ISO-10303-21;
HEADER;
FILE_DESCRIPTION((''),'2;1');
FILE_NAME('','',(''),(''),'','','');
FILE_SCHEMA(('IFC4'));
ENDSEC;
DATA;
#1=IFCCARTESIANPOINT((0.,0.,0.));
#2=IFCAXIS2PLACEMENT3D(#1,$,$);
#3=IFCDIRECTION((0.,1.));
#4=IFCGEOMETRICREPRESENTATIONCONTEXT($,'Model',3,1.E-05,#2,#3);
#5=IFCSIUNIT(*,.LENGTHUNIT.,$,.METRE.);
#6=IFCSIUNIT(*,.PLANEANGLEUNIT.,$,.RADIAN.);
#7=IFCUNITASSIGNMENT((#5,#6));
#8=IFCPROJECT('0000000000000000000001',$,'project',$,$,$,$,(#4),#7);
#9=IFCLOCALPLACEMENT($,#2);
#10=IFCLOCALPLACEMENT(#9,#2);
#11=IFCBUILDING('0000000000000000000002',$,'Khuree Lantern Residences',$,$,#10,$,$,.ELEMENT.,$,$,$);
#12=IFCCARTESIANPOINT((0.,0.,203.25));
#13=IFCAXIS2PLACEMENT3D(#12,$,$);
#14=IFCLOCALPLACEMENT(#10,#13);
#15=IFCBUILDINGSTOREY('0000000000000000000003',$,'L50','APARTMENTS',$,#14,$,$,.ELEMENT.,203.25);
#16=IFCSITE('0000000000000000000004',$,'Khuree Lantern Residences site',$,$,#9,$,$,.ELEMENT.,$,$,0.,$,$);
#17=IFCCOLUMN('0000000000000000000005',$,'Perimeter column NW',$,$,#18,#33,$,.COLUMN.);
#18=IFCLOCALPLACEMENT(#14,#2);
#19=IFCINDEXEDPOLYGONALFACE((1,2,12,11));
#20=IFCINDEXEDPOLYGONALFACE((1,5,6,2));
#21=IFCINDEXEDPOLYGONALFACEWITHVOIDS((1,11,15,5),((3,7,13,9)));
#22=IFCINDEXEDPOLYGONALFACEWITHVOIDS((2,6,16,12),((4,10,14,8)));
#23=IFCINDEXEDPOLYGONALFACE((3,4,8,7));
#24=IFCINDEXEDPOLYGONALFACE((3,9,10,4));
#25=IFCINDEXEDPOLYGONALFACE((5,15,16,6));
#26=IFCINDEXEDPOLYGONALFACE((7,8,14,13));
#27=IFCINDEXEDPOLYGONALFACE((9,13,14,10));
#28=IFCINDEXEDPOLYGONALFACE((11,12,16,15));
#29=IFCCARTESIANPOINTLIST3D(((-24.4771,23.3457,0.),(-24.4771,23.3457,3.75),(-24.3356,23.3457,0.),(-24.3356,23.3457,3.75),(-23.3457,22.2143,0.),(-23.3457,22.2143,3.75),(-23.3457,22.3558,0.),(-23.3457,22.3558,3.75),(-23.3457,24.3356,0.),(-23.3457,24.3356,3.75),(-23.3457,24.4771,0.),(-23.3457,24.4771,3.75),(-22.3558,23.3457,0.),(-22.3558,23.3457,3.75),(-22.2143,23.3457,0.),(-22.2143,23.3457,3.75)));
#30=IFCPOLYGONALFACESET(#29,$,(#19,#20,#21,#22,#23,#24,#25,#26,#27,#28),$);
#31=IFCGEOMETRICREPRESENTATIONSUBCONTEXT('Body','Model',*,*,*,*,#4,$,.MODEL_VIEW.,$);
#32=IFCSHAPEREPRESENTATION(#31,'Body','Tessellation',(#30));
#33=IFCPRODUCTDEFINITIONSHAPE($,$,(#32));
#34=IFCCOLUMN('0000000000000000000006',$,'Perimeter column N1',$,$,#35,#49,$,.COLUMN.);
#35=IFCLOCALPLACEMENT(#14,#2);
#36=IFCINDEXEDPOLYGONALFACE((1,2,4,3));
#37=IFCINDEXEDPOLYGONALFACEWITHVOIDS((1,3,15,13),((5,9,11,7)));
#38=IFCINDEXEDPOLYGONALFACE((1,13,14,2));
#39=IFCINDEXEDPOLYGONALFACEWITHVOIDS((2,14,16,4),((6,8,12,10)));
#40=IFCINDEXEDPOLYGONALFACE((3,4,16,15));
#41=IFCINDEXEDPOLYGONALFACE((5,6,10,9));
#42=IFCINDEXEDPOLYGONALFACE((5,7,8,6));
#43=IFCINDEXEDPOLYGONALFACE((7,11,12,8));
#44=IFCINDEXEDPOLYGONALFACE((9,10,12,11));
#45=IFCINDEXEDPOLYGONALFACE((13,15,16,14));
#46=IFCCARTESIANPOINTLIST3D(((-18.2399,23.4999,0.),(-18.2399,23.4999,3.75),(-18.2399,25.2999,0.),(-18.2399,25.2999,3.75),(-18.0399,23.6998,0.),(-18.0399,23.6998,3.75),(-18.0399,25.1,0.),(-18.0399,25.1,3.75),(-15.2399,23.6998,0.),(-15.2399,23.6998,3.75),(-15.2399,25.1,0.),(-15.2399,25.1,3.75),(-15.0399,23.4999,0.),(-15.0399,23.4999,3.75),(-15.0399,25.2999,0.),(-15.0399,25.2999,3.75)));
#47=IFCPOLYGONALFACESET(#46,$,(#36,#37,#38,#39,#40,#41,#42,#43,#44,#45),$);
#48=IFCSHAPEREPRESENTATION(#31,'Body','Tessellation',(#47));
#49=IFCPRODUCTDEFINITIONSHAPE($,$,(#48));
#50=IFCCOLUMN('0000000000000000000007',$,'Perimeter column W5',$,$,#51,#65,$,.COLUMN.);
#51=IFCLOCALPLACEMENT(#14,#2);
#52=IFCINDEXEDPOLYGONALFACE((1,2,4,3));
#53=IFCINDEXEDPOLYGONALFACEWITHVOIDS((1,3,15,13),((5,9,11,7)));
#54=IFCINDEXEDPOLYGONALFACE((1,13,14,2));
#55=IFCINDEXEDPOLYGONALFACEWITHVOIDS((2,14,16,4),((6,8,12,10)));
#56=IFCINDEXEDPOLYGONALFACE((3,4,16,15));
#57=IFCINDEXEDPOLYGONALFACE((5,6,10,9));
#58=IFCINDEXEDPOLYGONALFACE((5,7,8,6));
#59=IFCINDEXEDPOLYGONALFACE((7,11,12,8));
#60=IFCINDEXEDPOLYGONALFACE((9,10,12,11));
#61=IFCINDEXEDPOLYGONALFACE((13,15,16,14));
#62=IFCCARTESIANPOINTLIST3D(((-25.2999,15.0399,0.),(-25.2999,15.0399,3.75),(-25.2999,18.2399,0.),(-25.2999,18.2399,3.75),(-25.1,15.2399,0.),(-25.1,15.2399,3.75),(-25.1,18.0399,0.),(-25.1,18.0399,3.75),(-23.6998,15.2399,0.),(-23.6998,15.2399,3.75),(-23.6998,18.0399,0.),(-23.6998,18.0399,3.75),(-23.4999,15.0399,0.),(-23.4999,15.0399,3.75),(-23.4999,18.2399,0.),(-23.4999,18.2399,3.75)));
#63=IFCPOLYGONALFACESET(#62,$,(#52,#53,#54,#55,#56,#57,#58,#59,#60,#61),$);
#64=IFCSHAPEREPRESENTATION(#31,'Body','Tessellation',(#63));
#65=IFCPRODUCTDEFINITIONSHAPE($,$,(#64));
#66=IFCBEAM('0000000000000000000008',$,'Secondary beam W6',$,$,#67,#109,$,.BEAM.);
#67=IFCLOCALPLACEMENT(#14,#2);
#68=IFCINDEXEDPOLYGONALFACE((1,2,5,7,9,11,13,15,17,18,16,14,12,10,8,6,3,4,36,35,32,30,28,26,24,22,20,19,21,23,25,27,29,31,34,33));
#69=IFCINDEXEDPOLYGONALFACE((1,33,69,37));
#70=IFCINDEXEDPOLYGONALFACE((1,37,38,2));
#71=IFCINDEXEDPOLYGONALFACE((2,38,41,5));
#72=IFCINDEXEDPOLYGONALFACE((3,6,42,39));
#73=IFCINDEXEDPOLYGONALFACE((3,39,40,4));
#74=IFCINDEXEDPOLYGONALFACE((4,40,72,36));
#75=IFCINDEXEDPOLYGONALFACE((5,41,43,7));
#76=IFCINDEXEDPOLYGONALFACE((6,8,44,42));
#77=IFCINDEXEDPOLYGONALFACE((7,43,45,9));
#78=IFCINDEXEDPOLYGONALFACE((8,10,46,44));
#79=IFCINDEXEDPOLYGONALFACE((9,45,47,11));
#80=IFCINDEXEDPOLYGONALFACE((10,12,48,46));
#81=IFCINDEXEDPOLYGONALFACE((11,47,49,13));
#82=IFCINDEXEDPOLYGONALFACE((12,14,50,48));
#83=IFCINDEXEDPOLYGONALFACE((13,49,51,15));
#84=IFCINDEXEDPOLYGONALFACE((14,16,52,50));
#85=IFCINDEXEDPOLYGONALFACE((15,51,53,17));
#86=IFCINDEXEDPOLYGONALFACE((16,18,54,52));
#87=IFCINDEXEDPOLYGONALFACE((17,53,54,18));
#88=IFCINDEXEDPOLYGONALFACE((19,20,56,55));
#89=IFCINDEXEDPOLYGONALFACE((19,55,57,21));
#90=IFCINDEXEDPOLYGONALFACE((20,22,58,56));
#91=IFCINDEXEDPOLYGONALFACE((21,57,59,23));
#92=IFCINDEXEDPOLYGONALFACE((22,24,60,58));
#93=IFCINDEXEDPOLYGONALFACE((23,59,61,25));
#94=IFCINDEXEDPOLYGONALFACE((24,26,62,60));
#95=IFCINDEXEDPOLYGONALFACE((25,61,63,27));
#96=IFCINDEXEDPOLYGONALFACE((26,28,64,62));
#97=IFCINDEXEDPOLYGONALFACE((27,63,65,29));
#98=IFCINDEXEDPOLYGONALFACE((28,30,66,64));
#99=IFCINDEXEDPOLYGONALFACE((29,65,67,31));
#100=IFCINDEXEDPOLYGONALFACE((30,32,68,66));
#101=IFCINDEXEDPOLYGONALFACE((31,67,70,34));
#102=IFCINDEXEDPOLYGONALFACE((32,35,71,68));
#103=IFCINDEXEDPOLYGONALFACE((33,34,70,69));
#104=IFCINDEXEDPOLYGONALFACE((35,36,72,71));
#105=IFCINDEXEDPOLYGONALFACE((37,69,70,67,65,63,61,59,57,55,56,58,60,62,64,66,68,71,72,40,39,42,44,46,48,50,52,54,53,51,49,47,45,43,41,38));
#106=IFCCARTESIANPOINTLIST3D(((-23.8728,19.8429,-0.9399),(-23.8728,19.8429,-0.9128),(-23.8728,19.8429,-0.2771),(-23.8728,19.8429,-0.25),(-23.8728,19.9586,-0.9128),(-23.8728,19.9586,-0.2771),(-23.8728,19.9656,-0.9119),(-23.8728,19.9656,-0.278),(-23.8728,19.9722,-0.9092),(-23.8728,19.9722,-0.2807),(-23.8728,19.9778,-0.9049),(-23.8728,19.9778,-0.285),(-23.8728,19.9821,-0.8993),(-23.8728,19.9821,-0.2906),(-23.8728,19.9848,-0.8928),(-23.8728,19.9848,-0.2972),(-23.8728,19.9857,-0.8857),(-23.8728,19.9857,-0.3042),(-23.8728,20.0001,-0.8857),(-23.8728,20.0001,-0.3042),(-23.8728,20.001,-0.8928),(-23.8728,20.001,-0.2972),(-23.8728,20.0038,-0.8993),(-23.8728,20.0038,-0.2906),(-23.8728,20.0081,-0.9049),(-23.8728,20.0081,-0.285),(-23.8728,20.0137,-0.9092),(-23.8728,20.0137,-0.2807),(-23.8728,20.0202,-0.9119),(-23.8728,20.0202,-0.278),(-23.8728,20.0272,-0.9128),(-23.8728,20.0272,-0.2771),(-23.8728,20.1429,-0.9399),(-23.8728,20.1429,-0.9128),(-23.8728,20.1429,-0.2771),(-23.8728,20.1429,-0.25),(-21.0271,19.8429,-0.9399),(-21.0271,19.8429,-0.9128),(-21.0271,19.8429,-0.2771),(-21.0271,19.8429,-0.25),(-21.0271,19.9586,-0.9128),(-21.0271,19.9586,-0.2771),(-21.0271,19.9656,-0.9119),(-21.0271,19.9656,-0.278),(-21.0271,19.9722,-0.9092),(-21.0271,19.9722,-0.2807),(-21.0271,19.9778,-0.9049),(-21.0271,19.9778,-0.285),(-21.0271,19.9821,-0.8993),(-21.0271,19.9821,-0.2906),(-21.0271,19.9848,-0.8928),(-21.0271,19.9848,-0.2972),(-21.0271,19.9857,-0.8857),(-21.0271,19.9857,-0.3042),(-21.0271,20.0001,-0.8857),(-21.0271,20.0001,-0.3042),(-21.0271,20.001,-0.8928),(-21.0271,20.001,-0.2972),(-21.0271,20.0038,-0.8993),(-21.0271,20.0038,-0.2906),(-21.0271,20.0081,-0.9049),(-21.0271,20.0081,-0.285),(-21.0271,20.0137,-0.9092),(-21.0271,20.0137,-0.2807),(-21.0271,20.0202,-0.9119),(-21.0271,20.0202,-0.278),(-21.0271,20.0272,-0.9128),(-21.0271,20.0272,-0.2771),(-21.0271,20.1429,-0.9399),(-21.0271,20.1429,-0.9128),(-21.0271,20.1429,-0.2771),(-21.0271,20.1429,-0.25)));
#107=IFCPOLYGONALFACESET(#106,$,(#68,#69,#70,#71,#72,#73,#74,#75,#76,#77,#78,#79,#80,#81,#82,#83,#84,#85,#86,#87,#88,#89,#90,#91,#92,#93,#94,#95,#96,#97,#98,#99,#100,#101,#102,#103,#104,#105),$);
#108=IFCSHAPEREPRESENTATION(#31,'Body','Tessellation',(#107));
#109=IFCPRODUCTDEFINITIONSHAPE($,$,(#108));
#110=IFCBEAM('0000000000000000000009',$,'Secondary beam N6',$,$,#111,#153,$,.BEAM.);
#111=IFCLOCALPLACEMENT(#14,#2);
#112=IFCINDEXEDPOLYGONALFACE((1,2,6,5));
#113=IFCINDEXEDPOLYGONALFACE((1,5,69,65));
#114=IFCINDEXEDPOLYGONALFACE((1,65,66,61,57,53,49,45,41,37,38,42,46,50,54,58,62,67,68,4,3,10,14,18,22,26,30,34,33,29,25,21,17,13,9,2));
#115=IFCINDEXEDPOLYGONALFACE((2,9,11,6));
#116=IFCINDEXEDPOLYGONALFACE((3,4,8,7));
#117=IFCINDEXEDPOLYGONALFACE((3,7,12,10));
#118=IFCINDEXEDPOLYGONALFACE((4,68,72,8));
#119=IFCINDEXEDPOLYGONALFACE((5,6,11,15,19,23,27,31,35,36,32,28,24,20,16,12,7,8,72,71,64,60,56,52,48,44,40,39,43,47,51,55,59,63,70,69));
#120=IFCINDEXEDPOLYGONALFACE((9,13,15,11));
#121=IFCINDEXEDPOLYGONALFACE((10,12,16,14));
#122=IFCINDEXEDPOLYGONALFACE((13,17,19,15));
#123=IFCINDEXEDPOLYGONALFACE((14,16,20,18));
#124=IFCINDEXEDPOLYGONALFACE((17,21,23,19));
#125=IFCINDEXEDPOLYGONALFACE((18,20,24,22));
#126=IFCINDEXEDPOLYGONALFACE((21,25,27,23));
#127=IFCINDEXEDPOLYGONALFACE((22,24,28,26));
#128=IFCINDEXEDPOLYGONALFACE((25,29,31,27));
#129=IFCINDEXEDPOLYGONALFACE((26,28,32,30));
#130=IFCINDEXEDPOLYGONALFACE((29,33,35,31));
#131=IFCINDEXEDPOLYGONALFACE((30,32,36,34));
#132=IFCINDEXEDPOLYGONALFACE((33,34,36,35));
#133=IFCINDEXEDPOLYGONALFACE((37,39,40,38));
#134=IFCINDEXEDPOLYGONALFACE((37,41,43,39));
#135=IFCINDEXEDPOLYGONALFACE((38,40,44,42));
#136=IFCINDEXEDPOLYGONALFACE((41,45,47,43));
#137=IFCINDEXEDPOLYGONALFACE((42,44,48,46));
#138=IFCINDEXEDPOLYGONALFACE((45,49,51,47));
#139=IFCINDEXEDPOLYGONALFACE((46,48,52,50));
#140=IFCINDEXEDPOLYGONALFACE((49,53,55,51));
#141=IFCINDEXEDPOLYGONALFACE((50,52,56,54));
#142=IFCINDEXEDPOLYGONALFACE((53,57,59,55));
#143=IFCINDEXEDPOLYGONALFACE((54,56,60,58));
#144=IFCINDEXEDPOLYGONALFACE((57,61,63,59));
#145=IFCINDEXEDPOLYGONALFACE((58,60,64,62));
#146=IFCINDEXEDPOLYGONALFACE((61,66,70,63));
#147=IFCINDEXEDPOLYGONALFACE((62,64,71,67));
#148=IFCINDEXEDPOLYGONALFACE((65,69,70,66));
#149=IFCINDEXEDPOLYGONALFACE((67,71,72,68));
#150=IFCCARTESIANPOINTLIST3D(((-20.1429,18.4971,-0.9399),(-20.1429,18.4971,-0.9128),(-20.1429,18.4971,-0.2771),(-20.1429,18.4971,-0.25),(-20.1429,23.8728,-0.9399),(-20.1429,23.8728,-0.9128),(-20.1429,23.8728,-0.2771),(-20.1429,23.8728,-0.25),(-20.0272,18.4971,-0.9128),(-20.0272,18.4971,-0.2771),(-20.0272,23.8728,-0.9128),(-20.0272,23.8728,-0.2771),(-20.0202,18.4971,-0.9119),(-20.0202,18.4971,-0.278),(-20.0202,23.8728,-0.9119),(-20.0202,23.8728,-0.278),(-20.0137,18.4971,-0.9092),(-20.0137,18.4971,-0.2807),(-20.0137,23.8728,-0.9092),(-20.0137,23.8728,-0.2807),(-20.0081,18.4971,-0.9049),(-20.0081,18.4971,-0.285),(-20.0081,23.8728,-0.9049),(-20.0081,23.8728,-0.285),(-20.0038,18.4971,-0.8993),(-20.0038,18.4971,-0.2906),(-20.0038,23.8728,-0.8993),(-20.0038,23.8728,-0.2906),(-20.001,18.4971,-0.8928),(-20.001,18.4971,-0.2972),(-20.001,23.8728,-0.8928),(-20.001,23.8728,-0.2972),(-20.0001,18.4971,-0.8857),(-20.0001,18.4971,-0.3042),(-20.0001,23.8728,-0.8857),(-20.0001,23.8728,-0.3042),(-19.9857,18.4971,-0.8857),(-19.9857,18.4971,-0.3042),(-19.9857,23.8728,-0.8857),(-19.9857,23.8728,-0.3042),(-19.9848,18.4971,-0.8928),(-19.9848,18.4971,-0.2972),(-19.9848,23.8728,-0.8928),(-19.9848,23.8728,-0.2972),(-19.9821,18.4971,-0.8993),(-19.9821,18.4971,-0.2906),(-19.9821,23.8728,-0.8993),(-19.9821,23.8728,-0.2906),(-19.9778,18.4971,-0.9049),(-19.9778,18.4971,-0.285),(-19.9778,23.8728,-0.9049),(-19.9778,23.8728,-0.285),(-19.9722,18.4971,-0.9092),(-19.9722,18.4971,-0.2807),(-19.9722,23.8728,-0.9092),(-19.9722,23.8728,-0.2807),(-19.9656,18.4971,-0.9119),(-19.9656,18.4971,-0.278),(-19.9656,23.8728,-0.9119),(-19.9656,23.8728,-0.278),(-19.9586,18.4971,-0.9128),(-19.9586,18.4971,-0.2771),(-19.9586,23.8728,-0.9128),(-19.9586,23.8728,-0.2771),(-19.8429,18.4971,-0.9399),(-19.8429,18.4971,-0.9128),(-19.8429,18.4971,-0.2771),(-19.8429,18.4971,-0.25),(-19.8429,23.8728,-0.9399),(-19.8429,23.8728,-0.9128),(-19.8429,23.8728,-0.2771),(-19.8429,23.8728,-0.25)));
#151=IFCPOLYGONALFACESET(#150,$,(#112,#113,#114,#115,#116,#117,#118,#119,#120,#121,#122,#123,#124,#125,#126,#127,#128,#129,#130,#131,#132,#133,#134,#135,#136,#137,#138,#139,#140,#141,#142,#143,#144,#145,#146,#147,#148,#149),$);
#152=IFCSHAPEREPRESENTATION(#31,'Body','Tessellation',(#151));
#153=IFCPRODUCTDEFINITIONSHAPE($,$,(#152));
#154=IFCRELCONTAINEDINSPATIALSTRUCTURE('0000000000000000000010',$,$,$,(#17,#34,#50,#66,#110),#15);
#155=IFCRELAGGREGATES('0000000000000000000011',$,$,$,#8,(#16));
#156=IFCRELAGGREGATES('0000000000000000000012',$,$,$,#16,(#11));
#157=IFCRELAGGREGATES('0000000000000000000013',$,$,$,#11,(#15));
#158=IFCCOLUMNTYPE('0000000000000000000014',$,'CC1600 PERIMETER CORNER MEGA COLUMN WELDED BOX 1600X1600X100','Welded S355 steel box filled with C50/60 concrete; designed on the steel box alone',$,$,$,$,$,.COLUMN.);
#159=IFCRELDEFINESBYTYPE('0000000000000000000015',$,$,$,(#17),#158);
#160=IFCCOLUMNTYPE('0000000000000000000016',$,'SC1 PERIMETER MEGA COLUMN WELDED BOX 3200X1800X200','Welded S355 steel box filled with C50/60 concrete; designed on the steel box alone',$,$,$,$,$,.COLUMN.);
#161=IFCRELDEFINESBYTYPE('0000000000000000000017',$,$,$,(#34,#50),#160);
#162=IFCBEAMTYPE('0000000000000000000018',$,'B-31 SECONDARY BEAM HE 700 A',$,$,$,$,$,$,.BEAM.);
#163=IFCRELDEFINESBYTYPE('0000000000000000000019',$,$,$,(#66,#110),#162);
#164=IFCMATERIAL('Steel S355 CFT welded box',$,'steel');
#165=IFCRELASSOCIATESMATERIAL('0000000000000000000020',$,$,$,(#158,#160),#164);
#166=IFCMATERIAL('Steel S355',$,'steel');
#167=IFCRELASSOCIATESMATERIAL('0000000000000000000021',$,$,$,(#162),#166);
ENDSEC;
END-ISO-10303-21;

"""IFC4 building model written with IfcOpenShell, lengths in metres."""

from ifc_helpers import new_model, si_unit, direction, frame, origin, origin_2d, place, context, subcontext, project, spatial, hollow_rectangle, i_section, extrude, material, material_profile, profile_set, type_object, element, save


model = new_model("IFC4")

# Units and contexts
model_context = context("Model", 3, precision=1e-05, world=origin(), true_north=direction((0.0, 1.0)))
body_context = subcontext(model_context, "Body", "Model", "MODEL_VIEW")
ifc_project = project(units=[si_unit("LENGTHUNIT", "METRE"), si_unit("PLANEANGLEUNIT", "RADIAN")], contexts=[model_context])

# Site, building, storey
site_placement = place(None, origin())
site = spatial("IfcSite", under=ifc_project, at=site_placement, Name="Khuree Lantern Residences site", CompositionType="ELEMENT", RefElevation=0.0)
building_placement = place(site_placement, origin())
building = spatial("IfcBuilding", under=site, at=building_placement, Name="Khuree Lantern Residences", CompositionType="ELEMENT")
storey_placement = place(building_placement, frame((0.0, 0.0, 203.25)))
storey = spatial("IfcBuildingStorey", under=building, at=storey_placement, Name="L50", Description="APARTMENTS", CompositionType="ELEMENT", Elevation=203.25)

# Columns
ifc_material_1 = material(Name="Steel S355 CFT welded box", Category="steel")
ifc_material_profile_1 = material_profile(ifc_material_1, hollow_rectangle(XDim=1.6001, YDim=1.6001, WallThickness=0.1001, at=origin_2d()), Name="WELDED BOX 1600X1600X100")
ifc_profile_set_1 = profile_set([ifc_material_profile_1], Name="Steel S355 CFT welded box")
column_type_1 = type_object("IfcColumnType", Name="CC1600 PERIMETER CORNER MEGA COLUMN WELDED BOX 1600X1600X100", Description="Welded S355 steel box filled with C50/60 concrete; designed on the steel box alone", PredefinedType="COLUMN", material=ifc_profile_set_1)
column_placement = place(storey_placement, frame((-23.3457, 23.3457, 0.0), z_axis=(0.0, 0.0, 1.0), x_axis=(0.707107, 0.707107, 0.0)))
element("IfcColumn", 1, at=column_placement, inside=storey, type_object=column_type_1, Name="Perimeter column NW", PredefinedType="COLUMN", context=body_context, shape_type="SweptSolid", body=[
    extrude(hollow_rectangle(XDim=1.6001, YDim=1.6001, WallThickness=0.1001, at=origin_2d()), origin(), (0.0, 0.0, 1.0), 3.75),
])
ifc_material_profile_2 = material_profile(ifc_material_1, hollow_rectangle(XDim=3.2, YDim=1.8, WallThickness=0.2, at=origin_2d()), Name="WELDED BOX 3200X1800X200")
ifc_profile_set_2 = profile_set([ifc_material_profile_2], Name="Steel S355 CFT welded box")
column_type_2 = type_object("IfcColumnType", Name="SC1 PERIMETER MEGA COLUMN WELDED BOX 3200X1800X200", Description="Welded S355 steel box filled with C50/60 concrete; designed on the steel box alone", PredefinedType="COLUMN", material=ifc_profile_set_2)
for number, where, z_axis, x_axis, name in (
    (2, (-16.6399, 24.3999, 0.0), (0.0, 0.0, 1.0), (1.0, 0.0, 0.0), "Perimeter column N1"),
    (3, (-24.3999, 16.6399, 0.0), (0.0, 0.0, 1.0), (0.0, 1.0, 0.0), "Perimeter column W5"),
):
    element("IfcColumn", number, at=place(storey_placement, frame(where, z_axis=z_axis, x_axis=x_axis)), inside=storey, type_object=column_type_2, Name=name, PredefinedType="COLUMN", context=body_context, shape_type="SweptSolid", body=[
        extrude(hollow_rectangle(XDim=3.2, YDim=1.8, WallThickness=0.2, at=origin_2d()), origin(), (0.0, 0.0, 1.0), 3.75),
    ])

# Beams
ifc_material_2 = material(Name="Steel S355", Category="steel")
ifc_material_profile_3 = material_profile(ifc_material_2, i_section(OverallWidth=0.3, OverallDepth=0.6899, WebThickness=0.0144, FlangeThickness=0.0271, FilletRadius=0.0271, at=origin_2d()), Name="HE 700 A")
ifc_profile_set_3 = profile_set([ifc_material_profile_3], Name="Steel S355")
beam_type_1 = type_object("IfcBeamType", Name="B-31 SECONDARY BEAM HE 700 A", PredefinedType="BEAM", material=ifc_profile_set_3)
beam_1_placement = place(storey_placement, frame((-23.8728, 19.9929, -0.595), z_axis=(1.0, 0.0, 0.0), x_axis=(0.0, 1.0, 0.0)))
element("IfcBeam", 4, at=beam_1_placement, inside=storey, type_object=beam_type_1, Name="Secondary beam W6", PredefinedType="BEAM", context=body_context, shape_type="SweptSolid", body=[
    extrude(i_section(OverallWidth=0.3, OverallDepth=0.6899, WebThickness=0.0144, FlangeThickness=0.0271, FilletRadius=0.0271, at=origin_2d()), origin(), (0.0, 0.0, 1.0), 2.8457),
])
beam_2_placement = place(storey_placement, frame((-19.9929, 23.8728, -0.595), z_axis=(0.0, -1.0, 0.0), x_axis=(1.0, 0.0, 0.0)))
element("IfcBeam", 5, at=beam_2_placement, inside=storey, type_object=beam_type_1, Name="Secondary beam N6", PredefinedType="BEAM", context=body_context, shape_type="SweptSolid", body=[
    extrude(i_section(OverallWidth=0.3, OverallDepth=0.6899, WebThickness=0.0144, FlangeThickness=0.0271, FilletRadius=0.0271, at=origin_2d()), origin(), (0.0, 0.0, 1.0), 5.3757),
])

save(model, "model.ifc")
